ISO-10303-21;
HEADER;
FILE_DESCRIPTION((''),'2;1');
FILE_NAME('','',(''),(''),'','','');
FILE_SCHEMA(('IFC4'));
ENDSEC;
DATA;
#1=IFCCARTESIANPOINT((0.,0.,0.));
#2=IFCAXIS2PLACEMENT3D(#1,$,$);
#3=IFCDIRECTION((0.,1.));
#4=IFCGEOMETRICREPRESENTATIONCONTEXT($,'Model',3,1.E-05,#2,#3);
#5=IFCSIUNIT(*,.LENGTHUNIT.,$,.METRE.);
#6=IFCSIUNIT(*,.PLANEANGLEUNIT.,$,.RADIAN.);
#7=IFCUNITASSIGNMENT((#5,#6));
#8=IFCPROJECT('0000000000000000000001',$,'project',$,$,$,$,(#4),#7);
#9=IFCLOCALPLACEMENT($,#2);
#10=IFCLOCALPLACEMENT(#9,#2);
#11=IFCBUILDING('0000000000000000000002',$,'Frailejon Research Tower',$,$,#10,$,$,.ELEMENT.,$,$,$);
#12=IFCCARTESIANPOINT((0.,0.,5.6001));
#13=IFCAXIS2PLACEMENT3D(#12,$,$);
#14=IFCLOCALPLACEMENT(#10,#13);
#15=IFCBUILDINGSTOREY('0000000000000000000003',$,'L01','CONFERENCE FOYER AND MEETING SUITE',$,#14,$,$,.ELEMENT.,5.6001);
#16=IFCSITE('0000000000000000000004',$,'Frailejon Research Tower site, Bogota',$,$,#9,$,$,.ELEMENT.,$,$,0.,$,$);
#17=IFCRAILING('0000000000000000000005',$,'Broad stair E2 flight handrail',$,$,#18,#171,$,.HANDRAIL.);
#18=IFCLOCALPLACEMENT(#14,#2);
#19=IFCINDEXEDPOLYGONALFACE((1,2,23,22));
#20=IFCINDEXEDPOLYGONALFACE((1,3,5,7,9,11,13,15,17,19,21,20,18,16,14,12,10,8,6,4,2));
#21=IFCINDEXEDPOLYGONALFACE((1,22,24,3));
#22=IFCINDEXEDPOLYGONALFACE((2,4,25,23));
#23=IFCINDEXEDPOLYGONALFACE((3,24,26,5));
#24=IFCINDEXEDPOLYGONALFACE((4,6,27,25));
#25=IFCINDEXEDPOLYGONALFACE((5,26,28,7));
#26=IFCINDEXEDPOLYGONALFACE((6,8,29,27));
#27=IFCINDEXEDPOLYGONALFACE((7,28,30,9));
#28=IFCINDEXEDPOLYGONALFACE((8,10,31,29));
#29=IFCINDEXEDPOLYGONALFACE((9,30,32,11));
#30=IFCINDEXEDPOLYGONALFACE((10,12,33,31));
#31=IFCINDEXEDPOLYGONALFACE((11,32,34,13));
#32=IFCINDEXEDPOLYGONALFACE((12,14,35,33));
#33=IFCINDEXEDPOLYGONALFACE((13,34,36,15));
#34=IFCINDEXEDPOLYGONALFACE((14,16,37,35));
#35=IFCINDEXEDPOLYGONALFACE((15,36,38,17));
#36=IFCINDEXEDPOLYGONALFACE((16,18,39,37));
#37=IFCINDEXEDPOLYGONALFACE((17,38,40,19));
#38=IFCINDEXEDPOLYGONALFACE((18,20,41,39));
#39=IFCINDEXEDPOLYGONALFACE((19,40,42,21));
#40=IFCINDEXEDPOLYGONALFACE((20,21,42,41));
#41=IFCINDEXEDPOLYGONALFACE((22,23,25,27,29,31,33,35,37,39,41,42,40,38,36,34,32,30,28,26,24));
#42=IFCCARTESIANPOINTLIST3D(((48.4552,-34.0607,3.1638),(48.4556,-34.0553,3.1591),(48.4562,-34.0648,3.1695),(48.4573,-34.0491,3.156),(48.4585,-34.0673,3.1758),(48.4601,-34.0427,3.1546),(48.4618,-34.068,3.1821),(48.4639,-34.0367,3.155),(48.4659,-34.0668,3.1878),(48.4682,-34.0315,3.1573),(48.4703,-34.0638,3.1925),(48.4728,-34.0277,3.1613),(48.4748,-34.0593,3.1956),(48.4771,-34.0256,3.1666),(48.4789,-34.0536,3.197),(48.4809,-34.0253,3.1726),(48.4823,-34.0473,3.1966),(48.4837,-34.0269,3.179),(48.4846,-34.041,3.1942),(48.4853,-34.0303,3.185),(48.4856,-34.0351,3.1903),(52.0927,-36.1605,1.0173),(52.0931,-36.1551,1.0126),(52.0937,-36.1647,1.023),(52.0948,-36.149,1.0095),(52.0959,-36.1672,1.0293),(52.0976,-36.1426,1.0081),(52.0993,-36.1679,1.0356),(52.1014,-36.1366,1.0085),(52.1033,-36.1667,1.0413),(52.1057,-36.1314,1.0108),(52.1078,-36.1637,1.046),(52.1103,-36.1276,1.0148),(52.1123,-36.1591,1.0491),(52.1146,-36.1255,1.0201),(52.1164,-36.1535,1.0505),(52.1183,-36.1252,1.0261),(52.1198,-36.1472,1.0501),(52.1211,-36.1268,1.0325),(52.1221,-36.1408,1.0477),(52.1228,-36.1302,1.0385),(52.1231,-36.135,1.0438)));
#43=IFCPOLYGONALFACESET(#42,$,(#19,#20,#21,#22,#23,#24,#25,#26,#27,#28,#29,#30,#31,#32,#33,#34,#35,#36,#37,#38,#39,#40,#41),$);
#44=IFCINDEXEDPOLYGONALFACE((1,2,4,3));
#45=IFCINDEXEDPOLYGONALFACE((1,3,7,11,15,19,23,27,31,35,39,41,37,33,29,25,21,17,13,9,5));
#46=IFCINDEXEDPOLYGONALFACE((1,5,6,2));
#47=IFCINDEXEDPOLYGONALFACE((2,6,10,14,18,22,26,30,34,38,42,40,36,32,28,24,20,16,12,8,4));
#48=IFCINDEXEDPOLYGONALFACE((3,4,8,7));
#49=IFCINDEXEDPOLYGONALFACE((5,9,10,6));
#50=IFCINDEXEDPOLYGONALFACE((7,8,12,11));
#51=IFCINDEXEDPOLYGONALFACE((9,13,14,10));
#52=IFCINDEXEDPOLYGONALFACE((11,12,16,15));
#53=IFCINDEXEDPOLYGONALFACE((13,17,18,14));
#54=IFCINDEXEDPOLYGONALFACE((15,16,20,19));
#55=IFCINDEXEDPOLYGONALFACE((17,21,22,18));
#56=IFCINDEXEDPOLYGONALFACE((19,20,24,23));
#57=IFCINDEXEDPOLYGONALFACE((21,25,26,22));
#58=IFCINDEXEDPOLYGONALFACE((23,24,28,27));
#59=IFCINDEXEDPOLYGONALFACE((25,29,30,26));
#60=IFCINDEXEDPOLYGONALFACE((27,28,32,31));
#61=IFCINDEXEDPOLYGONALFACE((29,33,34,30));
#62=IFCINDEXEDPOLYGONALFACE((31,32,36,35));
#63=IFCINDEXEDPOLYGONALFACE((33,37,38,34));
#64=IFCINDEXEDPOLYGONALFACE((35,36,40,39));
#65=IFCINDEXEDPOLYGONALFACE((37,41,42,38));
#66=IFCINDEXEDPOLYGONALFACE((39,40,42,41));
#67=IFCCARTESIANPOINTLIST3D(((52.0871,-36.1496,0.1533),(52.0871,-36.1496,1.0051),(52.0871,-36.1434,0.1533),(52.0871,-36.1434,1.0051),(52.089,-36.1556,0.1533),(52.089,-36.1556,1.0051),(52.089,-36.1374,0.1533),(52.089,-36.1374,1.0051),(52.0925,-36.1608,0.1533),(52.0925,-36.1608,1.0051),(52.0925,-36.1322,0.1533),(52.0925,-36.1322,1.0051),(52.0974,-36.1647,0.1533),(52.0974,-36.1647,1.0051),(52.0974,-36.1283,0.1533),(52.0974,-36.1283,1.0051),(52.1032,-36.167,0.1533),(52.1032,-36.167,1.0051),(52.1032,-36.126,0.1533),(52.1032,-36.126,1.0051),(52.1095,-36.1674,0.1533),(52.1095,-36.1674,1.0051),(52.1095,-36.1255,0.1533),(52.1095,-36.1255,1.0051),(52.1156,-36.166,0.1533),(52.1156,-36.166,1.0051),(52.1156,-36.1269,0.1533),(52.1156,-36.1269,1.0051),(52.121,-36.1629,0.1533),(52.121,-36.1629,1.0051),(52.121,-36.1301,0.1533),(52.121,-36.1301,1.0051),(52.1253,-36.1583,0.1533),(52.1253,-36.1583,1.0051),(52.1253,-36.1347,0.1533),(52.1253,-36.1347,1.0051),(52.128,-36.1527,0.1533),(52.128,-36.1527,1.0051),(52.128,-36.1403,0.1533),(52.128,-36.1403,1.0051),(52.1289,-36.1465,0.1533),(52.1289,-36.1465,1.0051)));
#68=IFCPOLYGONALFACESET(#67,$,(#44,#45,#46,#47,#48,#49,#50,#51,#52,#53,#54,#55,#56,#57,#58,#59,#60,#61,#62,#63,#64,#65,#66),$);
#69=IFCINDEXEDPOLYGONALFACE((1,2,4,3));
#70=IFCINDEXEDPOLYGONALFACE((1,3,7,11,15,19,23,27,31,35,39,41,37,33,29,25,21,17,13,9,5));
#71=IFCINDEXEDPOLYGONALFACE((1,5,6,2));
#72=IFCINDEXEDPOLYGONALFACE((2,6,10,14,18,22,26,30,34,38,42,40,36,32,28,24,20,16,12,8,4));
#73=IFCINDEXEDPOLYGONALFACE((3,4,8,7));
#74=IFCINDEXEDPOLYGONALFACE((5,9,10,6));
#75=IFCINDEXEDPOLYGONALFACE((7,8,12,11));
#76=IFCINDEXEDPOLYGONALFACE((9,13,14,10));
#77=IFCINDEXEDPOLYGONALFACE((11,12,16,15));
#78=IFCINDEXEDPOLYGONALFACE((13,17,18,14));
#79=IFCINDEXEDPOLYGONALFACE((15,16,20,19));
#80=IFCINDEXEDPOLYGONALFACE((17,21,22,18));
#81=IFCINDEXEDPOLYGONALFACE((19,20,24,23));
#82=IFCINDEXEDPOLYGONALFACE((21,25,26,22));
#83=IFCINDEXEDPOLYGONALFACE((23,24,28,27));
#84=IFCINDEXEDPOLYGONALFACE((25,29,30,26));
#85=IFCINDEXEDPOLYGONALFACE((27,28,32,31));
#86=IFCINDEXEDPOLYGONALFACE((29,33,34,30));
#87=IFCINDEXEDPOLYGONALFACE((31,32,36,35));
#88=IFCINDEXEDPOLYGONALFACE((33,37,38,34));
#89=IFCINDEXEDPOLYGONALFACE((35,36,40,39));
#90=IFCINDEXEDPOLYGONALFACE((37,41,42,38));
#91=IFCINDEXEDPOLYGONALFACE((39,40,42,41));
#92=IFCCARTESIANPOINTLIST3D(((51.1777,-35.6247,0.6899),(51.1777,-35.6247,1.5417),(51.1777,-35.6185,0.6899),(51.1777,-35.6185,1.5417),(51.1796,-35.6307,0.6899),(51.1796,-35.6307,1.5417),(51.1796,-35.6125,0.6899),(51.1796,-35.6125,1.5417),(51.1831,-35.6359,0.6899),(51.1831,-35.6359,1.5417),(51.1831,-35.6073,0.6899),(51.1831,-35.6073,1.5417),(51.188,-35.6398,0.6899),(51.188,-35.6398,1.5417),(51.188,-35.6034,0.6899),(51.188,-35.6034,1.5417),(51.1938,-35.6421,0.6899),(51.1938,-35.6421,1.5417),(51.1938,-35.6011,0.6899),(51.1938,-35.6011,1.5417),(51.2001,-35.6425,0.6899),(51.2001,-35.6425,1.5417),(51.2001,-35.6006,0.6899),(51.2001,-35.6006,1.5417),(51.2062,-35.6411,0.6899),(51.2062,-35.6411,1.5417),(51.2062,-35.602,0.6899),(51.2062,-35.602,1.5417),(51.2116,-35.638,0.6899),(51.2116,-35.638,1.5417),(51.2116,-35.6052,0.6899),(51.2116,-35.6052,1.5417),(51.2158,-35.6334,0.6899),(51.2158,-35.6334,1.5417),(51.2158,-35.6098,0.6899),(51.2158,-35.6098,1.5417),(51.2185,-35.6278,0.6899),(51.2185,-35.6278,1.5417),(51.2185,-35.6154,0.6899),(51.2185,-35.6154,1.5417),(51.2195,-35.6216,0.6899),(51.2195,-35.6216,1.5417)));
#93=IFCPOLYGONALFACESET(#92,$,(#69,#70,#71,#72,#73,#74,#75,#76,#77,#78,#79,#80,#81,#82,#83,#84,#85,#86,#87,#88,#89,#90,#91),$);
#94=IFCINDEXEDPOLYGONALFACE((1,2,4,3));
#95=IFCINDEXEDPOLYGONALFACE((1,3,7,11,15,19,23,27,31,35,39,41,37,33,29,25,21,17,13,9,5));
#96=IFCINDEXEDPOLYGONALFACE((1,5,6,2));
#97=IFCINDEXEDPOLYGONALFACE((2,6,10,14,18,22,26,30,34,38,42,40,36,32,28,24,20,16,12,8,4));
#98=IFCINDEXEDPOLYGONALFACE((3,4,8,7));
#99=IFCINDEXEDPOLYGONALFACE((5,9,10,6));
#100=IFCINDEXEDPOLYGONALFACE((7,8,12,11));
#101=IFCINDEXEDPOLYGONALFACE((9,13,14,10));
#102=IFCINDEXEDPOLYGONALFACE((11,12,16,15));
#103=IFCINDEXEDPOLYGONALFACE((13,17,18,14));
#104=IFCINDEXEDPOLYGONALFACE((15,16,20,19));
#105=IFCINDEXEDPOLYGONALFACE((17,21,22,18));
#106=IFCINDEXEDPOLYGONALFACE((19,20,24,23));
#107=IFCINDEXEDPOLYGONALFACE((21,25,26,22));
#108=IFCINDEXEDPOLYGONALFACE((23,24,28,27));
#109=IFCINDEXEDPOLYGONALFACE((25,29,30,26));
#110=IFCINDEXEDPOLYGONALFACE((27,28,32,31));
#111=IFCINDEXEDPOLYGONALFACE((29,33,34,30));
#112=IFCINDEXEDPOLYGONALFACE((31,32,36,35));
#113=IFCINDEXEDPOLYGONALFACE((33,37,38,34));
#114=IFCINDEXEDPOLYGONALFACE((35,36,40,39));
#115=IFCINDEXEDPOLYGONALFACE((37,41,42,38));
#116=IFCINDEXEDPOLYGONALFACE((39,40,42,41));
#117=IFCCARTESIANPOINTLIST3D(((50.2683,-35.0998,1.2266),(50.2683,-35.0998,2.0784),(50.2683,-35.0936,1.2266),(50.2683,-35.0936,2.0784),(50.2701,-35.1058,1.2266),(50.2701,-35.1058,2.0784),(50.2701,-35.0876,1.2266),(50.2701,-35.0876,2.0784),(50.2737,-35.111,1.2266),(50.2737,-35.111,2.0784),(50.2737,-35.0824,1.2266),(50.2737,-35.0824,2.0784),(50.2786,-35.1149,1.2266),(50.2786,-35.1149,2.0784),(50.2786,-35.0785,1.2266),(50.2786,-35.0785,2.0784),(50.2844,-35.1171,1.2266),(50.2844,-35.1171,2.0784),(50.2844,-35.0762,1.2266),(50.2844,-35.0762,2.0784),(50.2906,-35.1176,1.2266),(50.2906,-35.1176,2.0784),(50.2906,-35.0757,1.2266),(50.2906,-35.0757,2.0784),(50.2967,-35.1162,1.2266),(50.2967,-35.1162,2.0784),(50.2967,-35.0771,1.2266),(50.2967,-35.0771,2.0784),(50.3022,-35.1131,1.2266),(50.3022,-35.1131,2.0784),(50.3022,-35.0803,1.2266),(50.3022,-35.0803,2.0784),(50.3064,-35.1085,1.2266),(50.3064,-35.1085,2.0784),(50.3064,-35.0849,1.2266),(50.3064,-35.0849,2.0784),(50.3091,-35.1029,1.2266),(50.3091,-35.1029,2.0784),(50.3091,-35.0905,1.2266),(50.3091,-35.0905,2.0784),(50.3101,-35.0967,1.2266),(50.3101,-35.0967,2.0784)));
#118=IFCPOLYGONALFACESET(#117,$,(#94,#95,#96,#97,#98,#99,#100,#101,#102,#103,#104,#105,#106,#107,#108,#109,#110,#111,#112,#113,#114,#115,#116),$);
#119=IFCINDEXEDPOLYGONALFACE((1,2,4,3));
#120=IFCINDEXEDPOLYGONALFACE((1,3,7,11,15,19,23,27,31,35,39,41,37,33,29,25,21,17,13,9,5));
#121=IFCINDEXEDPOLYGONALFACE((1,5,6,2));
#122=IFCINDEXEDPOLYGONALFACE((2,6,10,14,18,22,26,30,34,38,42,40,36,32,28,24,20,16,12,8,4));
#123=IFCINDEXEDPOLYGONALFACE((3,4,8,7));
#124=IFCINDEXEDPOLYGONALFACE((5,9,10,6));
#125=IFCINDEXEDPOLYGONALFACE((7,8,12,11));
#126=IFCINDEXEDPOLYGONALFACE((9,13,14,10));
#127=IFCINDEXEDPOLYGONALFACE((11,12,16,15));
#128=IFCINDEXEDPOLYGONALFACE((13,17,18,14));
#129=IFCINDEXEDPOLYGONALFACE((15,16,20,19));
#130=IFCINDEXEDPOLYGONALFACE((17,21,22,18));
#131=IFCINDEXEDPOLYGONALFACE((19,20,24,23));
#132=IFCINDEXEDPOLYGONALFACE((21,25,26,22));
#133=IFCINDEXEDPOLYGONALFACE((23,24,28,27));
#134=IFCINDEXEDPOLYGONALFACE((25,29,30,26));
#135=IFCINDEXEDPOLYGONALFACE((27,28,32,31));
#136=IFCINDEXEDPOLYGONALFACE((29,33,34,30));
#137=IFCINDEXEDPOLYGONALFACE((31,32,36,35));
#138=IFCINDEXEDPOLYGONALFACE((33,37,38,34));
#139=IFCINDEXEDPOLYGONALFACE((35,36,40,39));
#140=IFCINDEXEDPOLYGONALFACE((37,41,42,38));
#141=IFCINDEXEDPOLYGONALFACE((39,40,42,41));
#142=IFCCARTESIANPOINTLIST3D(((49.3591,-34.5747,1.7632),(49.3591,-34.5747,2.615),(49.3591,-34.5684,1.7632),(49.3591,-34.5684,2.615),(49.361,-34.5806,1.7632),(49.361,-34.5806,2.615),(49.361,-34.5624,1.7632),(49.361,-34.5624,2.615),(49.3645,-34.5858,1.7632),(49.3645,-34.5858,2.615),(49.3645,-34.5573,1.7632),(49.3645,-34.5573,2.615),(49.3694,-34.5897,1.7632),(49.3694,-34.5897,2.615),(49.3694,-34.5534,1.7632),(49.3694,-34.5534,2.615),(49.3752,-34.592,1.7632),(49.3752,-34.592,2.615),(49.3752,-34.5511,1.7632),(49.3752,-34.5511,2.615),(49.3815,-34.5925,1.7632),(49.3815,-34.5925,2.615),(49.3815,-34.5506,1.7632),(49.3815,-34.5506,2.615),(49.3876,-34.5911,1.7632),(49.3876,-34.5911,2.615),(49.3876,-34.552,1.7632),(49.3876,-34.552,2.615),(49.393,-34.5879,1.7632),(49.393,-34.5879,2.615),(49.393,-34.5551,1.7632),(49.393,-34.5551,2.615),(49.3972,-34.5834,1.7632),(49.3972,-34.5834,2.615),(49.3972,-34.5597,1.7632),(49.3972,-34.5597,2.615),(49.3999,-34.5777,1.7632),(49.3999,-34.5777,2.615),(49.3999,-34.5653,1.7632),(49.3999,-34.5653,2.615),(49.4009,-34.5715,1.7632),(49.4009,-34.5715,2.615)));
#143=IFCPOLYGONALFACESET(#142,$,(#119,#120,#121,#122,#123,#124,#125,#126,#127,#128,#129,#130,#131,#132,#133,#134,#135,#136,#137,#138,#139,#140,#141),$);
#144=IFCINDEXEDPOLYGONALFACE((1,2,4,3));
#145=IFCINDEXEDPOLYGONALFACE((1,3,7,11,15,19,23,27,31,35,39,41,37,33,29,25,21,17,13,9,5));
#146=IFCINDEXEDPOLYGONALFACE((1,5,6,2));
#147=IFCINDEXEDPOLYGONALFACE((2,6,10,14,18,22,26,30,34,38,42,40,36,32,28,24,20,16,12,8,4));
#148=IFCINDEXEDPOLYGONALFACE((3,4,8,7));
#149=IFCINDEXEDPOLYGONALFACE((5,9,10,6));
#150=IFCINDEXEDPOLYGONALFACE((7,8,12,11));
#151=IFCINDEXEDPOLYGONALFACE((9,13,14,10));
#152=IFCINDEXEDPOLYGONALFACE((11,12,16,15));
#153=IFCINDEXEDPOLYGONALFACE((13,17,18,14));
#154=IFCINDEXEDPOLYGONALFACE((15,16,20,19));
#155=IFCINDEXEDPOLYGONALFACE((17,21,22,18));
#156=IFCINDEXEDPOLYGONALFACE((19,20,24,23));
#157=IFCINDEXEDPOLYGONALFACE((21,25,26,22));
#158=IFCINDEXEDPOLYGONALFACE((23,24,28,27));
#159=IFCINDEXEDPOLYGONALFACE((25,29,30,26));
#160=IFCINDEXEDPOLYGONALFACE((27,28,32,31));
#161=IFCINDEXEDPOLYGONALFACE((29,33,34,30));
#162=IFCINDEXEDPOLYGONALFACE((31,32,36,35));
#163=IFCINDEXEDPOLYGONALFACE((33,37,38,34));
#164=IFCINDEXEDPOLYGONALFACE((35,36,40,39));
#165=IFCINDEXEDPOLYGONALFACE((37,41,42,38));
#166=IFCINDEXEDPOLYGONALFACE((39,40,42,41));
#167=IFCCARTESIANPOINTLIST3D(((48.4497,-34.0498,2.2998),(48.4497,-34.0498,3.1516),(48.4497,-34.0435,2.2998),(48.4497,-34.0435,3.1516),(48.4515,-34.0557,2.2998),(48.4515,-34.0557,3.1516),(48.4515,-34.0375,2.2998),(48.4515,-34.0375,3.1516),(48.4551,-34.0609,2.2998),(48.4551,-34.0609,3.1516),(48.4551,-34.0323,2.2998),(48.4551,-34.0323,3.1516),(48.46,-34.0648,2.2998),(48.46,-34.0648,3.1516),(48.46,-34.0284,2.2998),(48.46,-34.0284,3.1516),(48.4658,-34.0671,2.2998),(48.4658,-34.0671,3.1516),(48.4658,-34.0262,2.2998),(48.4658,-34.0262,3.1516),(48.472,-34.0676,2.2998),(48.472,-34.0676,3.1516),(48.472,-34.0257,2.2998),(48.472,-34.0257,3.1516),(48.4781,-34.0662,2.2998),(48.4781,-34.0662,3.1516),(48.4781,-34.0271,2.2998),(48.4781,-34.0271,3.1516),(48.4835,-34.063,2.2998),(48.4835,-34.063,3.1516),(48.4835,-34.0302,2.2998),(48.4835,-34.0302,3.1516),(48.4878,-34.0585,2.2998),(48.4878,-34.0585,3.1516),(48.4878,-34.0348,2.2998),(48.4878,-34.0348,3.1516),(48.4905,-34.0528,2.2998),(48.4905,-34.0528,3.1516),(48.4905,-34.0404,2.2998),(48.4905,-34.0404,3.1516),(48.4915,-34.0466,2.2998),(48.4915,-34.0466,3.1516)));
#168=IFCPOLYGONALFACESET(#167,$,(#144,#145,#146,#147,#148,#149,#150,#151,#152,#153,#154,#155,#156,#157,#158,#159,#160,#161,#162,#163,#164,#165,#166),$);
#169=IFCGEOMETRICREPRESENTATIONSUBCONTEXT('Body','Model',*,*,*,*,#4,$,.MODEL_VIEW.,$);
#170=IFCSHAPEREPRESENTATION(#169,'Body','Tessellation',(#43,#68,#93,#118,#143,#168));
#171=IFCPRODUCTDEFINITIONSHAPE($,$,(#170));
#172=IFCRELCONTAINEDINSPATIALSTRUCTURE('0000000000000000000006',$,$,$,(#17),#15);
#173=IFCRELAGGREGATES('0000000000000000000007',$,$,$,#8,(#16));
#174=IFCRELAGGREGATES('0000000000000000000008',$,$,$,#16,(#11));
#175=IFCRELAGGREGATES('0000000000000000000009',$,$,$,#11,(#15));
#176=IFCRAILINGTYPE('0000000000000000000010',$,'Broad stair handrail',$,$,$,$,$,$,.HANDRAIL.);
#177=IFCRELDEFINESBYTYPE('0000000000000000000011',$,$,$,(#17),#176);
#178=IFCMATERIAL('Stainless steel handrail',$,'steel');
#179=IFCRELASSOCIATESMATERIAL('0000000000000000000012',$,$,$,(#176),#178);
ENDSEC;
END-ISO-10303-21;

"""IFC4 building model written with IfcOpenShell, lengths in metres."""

from ifc_helpers import new_model, si_unit, direction, frame, origin, origin_2d, place, context, subcontext, project, spatial, circle, extrude, material, type_object, element, save


model = new_model("IFC4")

# Units and contexts
model_context = context("Model", 3, precision=1e-05, world=origin(), true_north=direction((0.0, 1.0)))
body_context = subcontext(model_context, "Body", "Model", "MODEL_VIEW")
ifc_project = project(units=[si_unit("LENGTHUNIT", "METRE"), si_unit("PLANEANGLEUNIT", "RADIAN")], contexts=[model_context])

# Site, building, storey
site_placement = place(None, origin())
site = spatial("IfcSite", under=ifc_project, at=site_placement, Name="Frailejon Research Tower site, Bogota", CompositionType="ELEMENT", RefElevation=0.0)
building_placement = place(site_placement, origin())
building = spatial("IfcBuilding", under=site, at=building_placement, Name="Frailejon Research Tower", CompositionType="ELEMENT")
storey_placement = place(building_placement, frame((0.0, 0.0, 5.6001)))
storey = spatial("IfcBuildingStorey", under=building, at=storey_placement, Name="L01", Description="CONFERENCE FOYER AND MEETING SUITE", CompositionType="ELEMENT", Elevation=5.6001)

# Railing
ifc_material_1 = material(Name="Stainless steel handrail", Category="steel")
railing_type_1 = type_object("IfcRailingType", Name="Broad stair handrail", PredefinedType="HANDRAIL", material=ifc_material_1)
railing_1_placement = place(storey_placement, frame((52.1079, -36.1465, 0.1533)))
element("IfcRailing", 1, at=railing_1_placement, inside=storey, type_object=railing_type_1, Name="Broad stair E2 flight handrail", PredefinedType="HANDRAIL", context=body_context, shape_type="SweptSolid", body=[
    extrude(circle(Radius=0.0239, at=origin_2d()), frame((0.0, 0.0, 0.876), z_axis=(-0.771176, 0.44519, 0.455076), x_axis=(-0.499959, -0.866049, 0.0)), (0.0, 0.0, 1.0), 4.7168),
    extrude(circle(Radius=0.021, at=origin_2d()), origin(), (0.0, 0.0, 1.0), 0.8518),
    extrude(circle(Radius=0.021, at=origin_2d()), frame((-0.9094, 0.5249, 0.5366)), (0.0, 0.0, 1.0), 0.8518),
    extrude(circle(Radius=0.021, at=origin_2d()), frame((-1.8188, 1.0498, 1.0732)), (0.0, 0.0, 1.0), 0.8518),
    extrude(circle(Radius=0.021, at=origin_2d()), frame((-2.728, 1.575, 1.6099)), (0.0, 0.0, 1.0), 0.8518),
    extrude(circle(Radius=0.021, at=origin_2d()), frame((-3.6375, 2.0999, 2.1465)), (0.0, 0.0, 1.0), 0.8518),
])

save(model, "model.ifc")
